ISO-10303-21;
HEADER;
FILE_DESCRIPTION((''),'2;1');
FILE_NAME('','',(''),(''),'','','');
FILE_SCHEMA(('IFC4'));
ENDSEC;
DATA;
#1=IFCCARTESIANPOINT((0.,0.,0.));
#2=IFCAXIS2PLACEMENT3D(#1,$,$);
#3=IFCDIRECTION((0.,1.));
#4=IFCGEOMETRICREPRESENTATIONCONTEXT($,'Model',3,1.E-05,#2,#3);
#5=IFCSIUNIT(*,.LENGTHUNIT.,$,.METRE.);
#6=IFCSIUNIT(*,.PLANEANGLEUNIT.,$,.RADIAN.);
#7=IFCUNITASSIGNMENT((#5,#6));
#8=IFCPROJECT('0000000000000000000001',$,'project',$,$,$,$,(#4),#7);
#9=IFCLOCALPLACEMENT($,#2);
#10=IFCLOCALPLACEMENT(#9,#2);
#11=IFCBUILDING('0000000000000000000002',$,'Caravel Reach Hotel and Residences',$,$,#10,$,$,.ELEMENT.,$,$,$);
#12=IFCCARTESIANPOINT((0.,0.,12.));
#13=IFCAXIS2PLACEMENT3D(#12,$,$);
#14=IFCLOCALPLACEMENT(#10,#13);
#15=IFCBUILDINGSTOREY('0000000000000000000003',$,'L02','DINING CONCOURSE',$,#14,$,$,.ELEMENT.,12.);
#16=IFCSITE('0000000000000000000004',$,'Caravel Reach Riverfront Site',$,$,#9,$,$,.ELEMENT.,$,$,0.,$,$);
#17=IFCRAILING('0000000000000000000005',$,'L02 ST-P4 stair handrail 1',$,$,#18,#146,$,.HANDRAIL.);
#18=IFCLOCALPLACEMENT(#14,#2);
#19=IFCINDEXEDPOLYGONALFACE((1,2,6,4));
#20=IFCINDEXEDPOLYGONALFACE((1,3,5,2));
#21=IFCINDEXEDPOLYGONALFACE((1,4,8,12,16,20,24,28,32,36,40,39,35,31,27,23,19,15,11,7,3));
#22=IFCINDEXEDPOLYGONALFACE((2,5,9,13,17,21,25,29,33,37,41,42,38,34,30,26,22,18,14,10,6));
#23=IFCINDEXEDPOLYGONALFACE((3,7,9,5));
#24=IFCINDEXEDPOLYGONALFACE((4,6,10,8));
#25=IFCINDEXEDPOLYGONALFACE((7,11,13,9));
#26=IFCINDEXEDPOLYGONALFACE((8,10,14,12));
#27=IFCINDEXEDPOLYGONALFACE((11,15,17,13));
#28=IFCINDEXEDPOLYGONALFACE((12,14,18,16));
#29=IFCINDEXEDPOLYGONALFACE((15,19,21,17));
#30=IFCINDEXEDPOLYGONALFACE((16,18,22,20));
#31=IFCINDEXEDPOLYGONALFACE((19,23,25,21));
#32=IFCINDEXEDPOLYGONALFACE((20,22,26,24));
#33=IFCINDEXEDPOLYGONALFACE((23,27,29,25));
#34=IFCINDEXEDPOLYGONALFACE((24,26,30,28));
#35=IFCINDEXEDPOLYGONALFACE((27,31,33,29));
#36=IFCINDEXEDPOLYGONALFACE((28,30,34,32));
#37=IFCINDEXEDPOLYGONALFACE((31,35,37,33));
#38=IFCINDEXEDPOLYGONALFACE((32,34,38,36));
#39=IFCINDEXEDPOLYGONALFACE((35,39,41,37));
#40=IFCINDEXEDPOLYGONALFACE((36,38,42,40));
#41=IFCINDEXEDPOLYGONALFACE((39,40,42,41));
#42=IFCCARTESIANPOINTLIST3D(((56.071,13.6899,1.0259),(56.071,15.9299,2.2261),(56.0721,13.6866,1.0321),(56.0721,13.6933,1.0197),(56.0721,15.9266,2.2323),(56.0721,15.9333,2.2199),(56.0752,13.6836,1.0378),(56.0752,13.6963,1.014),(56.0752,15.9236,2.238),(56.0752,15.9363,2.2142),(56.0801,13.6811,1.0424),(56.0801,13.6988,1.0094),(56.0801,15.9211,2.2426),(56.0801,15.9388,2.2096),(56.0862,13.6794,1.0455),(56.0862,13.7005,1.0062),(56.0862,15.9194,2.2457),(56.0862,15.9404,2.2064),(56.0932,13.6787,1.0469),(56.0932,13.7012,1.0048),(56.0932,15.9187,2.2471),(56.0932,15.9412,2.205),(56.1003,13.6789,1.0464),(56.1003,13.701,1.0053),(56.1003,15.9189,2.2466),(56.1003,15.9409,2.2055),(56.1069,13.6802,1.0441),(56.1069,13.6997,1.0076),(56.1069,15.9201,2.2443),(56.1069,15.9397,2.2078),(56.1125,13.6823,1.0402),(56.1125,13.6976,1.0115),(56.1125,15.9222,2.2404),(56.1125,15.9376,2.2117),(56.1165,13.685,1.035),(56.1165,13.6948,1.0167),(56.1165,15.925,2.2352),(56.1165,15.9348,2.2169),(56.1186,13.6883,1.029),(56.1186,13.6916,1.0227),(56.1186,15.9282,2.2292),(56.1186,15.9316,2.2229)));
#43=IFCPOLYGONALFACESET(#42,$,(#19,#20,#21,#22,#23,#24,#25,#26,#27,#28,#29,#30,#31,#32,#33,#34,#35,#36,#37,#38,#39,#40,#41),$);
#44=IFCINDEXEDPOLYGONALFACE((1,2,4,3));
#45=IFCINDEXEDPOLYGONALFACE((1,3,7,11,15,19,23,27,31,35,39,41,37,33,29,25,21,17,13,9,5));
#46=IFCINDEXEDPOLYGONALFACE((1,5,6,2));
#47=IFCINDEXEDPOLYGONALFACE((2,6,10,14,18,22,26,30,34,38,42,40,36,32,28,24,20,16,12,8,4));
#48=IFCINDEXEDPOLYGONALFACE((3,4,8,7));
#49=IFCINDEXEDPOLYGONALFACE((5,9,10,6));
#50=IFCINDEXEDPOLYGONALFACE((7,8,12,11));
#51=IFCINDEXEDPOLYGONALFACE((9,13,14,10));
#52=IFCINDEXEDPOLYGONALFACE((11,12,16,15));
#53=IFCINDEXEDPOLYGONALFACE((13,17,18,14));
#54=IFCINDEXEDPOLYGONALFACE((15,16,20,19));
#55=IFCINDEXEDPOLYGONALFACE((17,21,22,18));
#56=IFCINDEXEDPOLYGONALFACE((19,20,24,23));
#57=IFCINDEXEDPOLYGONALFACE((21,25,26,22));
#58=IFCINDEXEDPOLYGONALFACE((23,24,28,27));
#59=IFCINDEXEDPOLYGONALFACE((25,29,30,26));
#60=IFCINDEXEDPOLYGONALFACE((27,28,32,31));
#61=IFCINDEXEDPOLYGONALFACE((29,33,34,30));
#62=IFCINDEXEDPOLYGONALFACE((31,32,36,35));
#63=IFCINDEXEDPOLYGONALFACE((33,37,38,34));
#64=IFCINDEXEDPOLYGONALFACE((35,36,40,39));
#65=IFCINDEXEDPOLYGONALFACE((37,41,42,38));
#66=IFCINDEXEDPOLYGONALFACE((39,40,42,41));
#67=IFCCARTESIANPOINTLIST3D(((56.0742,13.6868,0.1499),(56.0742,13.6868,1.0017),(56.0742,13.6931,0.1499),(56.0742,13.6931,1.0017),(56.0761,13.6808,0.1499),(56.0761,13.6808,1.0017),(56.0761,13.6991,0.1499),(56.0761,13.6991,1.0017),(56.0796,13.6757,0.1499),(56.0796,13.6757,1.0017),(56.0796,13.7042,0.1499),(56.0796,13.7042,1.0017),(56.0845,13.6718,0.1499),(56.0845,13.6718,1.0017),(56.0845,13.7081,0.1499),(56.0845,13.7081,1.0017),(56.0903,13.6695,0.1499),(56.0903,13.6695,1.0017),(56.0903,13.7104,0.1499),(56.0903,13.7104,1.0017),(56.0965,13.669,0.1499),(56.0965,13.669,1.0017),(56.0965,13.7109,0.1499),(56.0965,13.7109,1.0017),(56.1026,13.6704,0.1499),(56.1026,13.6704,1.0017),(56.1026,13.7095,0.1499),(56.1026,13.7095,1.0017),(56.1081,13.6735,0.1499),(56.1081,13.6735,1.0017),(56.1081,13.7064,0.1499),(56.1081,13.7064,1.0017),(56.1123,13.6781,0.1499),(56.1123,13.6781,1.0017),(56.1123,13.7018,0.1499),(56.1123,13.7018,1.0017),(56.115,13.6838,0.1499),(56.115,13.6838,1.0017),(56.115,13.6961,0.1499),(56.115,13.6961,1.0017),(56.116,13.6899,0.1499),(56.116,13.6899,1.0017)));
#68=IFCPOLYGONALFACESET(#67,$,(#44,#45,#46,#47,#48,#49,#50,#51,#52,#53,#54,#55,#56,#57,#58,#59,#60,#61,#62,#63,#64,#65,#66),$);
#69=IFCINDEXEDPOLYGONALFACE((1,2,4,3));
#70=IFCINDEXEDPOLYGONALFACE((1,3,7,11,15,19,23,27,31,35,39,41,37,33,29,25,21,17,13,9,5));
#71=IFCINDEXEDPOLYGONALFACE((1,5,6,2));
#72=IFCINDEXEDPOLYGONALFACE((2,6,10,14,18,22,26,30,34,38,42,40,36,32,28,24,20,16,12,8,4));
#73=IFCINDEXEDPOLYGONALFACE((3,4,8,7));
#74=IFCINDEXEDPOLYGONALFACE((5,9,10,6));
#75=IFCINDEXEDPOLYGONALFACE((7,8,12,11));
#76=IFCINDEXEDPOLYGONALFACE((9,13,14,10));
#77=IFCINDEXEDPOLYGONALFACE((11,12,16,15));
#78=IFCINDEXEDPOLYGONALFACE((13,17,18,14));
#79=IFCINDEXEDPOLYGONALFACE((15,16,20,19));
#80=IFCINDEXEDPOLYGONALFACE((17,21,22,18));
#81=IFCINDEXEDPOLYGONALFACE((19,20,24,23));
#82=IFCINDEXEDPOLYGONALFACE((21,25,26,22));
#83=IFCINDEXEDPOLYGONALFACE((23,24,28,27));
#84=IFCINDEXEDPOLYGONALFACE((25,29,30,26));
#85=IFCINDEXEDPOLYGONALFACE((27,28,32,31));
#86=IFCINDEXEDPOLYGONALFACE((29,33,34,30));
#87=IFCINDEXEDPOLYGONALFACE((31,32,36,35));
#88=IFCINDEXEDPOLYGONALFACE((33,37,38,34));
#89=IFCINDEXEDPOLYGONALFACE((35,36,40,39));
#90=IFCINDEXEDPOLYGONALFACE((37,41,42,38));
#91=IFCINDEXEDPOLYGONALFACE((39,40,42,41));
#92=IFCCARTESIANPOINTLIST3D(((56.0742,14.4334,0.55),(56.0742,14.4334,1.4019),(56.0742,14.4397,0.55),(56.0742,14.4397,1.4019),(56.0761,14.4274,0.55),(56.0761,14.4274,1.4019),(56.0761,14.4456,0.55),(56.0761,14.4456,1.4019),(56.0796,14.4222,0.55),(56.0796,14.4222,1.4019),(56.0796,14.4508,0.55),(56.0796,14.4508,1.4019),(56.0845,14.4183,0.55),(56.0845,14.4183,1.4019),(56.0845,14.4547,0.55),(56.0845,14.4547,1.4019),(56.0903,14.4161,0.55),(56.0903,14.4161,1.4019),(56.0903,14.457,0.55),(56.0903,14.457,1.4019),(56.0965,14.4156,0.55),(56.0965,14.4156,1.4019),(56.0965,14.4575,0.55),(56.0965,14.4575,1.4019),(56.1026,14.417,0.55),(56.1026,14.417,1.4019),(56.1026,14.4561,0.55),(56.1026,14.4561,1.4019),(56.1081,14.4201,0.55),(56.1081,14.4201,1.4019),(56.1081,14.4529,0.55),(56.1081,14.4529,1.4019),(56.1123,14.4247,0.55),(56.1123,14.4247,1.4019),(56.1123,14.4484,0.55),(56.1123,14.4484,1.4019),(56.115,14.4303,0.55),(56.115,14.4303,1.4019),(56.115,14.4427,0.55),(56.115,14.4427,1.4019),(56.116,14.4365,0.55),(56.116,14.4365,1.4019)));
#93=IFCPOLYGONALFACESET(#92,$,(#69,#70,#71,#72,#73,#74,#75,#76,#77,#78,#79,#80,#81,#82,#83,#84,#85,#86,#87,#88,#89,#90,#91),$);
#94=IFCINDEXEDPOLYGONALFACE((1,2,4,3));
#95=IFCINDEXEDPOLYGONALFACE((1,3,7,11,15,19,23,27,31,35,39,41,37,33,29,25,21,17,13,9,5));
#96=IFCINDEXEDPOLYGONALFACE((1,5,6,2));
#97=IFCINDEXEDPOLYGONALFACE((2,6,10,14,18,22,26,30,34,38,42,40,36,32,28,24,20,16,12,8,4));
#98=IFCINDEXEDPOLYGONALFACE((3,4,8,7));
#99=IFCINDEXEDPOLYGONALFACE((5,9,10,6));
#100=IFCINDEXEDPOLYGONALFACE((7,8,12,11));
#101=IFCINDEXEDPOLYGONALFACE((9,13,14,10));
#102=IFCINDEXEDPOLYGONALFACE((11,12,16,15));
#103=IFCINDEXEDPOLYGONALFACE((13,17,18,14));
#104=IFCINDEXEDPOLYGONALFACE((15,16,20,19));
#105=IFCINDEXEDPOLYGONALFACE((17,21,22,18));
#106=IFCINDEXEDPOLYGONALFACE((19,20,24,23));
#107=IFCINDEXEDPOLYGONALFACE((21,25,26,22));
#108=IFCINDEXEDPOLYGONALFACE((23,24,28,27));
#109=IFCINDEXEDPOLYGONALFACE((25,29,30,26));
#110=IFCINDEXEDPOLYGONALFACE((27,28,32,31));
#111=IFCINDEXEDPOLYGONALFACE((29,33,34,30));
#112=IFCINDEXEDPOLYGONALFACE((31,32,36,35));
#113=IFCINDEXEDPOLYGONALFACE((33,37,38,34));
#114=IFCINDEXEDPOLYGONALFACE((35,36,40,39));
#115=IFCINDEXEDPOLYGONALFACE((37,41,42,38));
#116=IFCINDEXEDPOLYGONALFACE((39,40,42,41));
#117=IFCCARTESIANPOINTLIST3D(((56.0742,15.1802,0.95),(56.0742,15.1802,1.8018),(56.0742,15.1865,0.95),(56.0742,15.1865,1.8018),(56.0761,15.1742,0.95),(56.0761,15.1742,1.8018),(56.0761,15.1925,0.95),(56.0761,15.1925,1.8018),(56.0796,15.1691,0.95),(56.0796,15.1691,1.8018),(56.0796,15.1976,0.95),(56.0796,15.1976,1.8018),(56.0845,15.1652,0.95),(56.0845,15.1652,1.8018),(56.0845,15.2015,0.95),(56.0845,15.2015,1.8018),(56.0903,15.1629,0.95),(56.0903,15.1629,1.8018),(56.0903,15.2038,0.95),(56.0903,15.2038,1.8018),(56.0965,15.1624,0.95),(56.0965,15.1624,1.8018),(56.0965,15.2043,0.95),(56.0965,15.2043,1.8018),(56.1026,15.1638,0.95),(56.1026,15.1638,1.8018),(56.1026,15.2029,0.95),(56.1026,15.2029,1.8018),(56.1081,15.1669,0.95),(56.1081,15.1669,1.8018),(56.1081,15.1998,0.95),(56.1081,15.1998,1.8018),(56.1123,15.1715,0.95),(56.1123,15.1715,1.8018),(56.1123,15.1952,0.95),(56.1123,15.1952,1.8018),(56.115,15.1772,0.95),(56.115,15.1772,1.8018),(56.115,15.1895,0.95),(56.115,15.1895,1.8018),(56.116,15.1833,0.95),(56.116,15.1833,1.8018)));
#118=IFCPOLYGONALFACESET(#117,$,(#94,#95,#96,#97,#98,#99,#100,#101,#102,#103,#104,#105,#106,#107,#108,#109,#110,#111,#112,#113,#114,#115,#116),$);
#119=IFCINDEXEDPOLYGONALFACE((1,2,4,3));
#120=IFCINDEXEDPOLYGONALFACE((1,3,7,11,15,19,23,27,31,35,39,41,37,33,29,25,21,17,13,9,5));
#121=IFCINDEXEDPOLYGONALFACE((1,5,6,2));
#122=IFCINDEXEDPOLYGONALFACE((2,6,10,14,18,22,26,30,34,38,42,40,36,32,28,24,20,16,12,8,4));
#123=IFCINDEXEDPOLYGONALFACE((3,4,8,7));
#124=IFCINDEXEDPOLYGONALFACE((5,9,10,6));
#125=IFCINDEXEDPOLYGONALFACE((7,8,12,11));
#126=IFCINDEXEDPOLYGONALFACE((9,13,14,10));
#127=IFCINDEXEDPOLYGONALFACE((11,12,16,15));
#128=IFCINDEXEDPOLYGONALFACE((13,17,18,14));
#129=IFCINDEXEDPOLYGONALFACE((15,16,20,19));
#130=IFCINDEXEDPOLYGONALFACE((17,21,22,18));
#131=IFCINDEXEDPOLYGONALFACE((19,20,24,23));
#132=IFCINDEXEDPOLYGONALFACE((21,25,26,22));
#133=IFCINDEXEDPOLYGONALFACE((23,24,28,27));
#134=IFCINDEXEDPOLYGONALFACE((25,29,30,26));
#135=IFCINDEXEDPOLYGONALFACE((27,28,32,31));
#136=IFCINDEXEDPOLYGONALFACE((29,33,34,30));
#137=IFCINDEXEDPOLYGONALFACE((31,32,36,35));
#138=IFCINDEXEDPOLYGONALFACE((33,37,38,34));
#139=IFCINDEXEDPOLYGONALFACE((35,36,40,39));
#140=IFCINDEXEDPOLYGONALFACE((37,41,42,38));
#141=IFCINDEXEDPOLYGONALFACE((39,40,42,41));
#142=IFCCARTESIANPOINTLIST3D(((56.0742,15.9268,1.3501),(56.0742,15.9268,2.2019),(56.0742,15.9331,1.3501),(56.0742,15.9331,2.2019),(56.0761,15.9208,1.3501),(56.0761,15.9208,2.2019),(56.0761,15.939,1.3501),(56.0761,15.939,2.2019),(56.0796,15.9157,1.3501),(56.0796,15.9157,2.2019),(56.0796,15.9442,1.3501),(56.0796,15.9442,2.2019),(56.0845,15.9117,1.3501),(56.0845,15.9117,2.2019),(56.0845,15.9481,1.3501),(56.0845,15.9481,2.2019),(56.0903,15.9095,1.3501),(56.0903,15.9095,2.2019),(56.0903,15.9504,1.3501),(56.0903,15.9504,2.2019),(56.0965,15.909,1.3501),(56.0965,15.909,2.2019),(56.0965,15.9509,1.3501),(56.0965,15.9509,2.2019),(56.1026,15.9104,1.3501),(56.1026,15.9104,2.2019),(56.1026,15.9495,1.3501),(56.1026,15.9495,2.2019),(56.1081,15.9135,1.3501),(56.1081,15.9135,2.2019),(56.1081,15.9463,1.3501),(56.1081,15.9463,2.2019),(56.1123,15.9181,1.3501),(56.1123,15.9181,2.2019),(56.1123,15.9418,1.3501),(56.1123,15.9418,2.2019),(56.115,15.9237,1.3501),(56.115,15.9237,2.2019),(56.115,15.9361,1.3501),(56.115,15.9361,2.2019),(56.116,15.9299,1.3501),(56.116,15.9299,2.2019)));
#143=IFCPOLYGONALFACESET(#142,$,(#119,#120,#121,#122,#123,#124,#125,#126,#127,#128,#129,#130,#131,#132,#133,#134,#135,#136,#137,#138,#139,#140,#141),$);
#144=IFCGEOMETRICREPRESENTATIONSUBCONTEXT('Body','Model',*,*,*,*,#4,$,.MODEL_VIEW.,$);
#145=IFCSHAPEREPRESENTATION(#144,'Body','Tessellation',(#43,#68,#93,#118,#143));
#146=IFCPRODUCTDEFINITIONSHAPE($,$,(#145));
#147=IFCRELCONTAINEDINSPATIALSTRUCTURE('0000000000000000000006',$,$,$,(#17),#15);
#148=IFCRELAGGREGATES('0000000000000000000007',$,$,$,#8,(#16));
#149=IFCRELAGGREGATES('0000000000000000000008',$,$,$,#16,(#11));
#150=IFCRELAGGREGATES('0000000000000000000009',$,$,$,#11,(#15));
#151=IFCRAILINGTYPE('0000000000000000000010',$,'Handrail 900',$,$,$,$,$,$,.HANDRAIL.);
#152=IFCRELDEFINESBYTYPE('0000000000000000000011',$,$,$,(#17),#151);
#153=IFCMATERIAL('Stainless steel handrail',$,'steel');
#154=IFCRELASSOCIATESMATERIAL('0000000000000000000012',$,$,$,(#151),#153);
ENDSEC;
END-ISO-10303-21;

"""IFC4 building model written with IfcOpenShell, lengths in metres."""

from ifc_helpers import new_model, si_unit, direction, frame, origin, origin_2d, place, context, subcontext, project, spatial, circle, extrude, material, type_object, element, save


model = new_model("IFC4")

# Units and contexts
model_context = context("Model", 3, precision=1e-05, world=origin(), true_north=direction((0.0, 1.0)))
body_context = subcontext(model_context, "Body", "Model", "MODEL_VIEW")
ifc_project = project(units=[si_unit("LENGTHUNIT", "METRE"), si_unit("PLANEANGLEUNIT", "RADIAN")], contexts=[model_context])

# Site, building, storey
site_placement = place(None, origin())
site = spatial("IfcSite", under=ifc_project, at=site_placement, Name="Caravel Reach Riverfront Site", CompositionType="ELEMENT", RefElevation=0.0)
building_placement = place(site_placement, origin())
building = spatial("IfcBuilding", under=site, at=building_placement, Name="Caravel Reach Hotel and Residences", CompositionType="ELEMENT")
storey_placement = place(building_placement, frame((0.0, 0.0, 12.0)))
storey = spatial("IfcBuildingStorey", under=building, at=storey_placement, Name="L02", Description="DINING CONCOURSE", CompositionType="ELEMENT", Elevation=12.0)

# Railing
ifc_material_1 = material(Name="Stainless steel handrail", Category="steel")
railing_type_1 = type_object("IfcRailingType", Name="Handrail 900", PredefinedType="HANDRAIL", material=ifc_material_1)
railing_1_placement = place(storey_placement, frame((56.095, 13.6899, 0.1499)))
element("IfcRailing", 1, at=railing_1_placement, inside=storey, type_object=railing_type_1, Name="L02 ST-P4 stair handrail 1", PredefinedType="HANDRAIL", context=body_context, shape_type="SweptSolid", body=[
    extrude(circle(Radius=0.0239, at=origin_2d()), frame((0.0, 0.0, 0.876), z_axis=(0.0, 0.881447, 0.472283), x_axis=(-1.0, 0.0, 0.0)), (0.0, 0.0, 1.0), 2.5413),
    extrude(circle(Radius=0.021, at=origin_2d()), origin(), (0.0, 0.0, 1.0), 0.8518),
    extrude(circle(Radius=0.021, at=origin_2d()), frame((0.0, 0.7466, 0.4001)), (0.0, 0.0, 1.0), 0.8518),
    extrude(circle(Radius=0.021, at=origin_2d()), frame((0.0, 1.4934, 0.8)), (0.0, 0.0, 1.0), 0.8518),
    extrude(circle(Radius=0.021, at=origin_2d()), frame((0.0, 2.24, 1.2002)), (0.0, 0.0, 1.0), 0.8518),
])

save(model, "model.ifc")
